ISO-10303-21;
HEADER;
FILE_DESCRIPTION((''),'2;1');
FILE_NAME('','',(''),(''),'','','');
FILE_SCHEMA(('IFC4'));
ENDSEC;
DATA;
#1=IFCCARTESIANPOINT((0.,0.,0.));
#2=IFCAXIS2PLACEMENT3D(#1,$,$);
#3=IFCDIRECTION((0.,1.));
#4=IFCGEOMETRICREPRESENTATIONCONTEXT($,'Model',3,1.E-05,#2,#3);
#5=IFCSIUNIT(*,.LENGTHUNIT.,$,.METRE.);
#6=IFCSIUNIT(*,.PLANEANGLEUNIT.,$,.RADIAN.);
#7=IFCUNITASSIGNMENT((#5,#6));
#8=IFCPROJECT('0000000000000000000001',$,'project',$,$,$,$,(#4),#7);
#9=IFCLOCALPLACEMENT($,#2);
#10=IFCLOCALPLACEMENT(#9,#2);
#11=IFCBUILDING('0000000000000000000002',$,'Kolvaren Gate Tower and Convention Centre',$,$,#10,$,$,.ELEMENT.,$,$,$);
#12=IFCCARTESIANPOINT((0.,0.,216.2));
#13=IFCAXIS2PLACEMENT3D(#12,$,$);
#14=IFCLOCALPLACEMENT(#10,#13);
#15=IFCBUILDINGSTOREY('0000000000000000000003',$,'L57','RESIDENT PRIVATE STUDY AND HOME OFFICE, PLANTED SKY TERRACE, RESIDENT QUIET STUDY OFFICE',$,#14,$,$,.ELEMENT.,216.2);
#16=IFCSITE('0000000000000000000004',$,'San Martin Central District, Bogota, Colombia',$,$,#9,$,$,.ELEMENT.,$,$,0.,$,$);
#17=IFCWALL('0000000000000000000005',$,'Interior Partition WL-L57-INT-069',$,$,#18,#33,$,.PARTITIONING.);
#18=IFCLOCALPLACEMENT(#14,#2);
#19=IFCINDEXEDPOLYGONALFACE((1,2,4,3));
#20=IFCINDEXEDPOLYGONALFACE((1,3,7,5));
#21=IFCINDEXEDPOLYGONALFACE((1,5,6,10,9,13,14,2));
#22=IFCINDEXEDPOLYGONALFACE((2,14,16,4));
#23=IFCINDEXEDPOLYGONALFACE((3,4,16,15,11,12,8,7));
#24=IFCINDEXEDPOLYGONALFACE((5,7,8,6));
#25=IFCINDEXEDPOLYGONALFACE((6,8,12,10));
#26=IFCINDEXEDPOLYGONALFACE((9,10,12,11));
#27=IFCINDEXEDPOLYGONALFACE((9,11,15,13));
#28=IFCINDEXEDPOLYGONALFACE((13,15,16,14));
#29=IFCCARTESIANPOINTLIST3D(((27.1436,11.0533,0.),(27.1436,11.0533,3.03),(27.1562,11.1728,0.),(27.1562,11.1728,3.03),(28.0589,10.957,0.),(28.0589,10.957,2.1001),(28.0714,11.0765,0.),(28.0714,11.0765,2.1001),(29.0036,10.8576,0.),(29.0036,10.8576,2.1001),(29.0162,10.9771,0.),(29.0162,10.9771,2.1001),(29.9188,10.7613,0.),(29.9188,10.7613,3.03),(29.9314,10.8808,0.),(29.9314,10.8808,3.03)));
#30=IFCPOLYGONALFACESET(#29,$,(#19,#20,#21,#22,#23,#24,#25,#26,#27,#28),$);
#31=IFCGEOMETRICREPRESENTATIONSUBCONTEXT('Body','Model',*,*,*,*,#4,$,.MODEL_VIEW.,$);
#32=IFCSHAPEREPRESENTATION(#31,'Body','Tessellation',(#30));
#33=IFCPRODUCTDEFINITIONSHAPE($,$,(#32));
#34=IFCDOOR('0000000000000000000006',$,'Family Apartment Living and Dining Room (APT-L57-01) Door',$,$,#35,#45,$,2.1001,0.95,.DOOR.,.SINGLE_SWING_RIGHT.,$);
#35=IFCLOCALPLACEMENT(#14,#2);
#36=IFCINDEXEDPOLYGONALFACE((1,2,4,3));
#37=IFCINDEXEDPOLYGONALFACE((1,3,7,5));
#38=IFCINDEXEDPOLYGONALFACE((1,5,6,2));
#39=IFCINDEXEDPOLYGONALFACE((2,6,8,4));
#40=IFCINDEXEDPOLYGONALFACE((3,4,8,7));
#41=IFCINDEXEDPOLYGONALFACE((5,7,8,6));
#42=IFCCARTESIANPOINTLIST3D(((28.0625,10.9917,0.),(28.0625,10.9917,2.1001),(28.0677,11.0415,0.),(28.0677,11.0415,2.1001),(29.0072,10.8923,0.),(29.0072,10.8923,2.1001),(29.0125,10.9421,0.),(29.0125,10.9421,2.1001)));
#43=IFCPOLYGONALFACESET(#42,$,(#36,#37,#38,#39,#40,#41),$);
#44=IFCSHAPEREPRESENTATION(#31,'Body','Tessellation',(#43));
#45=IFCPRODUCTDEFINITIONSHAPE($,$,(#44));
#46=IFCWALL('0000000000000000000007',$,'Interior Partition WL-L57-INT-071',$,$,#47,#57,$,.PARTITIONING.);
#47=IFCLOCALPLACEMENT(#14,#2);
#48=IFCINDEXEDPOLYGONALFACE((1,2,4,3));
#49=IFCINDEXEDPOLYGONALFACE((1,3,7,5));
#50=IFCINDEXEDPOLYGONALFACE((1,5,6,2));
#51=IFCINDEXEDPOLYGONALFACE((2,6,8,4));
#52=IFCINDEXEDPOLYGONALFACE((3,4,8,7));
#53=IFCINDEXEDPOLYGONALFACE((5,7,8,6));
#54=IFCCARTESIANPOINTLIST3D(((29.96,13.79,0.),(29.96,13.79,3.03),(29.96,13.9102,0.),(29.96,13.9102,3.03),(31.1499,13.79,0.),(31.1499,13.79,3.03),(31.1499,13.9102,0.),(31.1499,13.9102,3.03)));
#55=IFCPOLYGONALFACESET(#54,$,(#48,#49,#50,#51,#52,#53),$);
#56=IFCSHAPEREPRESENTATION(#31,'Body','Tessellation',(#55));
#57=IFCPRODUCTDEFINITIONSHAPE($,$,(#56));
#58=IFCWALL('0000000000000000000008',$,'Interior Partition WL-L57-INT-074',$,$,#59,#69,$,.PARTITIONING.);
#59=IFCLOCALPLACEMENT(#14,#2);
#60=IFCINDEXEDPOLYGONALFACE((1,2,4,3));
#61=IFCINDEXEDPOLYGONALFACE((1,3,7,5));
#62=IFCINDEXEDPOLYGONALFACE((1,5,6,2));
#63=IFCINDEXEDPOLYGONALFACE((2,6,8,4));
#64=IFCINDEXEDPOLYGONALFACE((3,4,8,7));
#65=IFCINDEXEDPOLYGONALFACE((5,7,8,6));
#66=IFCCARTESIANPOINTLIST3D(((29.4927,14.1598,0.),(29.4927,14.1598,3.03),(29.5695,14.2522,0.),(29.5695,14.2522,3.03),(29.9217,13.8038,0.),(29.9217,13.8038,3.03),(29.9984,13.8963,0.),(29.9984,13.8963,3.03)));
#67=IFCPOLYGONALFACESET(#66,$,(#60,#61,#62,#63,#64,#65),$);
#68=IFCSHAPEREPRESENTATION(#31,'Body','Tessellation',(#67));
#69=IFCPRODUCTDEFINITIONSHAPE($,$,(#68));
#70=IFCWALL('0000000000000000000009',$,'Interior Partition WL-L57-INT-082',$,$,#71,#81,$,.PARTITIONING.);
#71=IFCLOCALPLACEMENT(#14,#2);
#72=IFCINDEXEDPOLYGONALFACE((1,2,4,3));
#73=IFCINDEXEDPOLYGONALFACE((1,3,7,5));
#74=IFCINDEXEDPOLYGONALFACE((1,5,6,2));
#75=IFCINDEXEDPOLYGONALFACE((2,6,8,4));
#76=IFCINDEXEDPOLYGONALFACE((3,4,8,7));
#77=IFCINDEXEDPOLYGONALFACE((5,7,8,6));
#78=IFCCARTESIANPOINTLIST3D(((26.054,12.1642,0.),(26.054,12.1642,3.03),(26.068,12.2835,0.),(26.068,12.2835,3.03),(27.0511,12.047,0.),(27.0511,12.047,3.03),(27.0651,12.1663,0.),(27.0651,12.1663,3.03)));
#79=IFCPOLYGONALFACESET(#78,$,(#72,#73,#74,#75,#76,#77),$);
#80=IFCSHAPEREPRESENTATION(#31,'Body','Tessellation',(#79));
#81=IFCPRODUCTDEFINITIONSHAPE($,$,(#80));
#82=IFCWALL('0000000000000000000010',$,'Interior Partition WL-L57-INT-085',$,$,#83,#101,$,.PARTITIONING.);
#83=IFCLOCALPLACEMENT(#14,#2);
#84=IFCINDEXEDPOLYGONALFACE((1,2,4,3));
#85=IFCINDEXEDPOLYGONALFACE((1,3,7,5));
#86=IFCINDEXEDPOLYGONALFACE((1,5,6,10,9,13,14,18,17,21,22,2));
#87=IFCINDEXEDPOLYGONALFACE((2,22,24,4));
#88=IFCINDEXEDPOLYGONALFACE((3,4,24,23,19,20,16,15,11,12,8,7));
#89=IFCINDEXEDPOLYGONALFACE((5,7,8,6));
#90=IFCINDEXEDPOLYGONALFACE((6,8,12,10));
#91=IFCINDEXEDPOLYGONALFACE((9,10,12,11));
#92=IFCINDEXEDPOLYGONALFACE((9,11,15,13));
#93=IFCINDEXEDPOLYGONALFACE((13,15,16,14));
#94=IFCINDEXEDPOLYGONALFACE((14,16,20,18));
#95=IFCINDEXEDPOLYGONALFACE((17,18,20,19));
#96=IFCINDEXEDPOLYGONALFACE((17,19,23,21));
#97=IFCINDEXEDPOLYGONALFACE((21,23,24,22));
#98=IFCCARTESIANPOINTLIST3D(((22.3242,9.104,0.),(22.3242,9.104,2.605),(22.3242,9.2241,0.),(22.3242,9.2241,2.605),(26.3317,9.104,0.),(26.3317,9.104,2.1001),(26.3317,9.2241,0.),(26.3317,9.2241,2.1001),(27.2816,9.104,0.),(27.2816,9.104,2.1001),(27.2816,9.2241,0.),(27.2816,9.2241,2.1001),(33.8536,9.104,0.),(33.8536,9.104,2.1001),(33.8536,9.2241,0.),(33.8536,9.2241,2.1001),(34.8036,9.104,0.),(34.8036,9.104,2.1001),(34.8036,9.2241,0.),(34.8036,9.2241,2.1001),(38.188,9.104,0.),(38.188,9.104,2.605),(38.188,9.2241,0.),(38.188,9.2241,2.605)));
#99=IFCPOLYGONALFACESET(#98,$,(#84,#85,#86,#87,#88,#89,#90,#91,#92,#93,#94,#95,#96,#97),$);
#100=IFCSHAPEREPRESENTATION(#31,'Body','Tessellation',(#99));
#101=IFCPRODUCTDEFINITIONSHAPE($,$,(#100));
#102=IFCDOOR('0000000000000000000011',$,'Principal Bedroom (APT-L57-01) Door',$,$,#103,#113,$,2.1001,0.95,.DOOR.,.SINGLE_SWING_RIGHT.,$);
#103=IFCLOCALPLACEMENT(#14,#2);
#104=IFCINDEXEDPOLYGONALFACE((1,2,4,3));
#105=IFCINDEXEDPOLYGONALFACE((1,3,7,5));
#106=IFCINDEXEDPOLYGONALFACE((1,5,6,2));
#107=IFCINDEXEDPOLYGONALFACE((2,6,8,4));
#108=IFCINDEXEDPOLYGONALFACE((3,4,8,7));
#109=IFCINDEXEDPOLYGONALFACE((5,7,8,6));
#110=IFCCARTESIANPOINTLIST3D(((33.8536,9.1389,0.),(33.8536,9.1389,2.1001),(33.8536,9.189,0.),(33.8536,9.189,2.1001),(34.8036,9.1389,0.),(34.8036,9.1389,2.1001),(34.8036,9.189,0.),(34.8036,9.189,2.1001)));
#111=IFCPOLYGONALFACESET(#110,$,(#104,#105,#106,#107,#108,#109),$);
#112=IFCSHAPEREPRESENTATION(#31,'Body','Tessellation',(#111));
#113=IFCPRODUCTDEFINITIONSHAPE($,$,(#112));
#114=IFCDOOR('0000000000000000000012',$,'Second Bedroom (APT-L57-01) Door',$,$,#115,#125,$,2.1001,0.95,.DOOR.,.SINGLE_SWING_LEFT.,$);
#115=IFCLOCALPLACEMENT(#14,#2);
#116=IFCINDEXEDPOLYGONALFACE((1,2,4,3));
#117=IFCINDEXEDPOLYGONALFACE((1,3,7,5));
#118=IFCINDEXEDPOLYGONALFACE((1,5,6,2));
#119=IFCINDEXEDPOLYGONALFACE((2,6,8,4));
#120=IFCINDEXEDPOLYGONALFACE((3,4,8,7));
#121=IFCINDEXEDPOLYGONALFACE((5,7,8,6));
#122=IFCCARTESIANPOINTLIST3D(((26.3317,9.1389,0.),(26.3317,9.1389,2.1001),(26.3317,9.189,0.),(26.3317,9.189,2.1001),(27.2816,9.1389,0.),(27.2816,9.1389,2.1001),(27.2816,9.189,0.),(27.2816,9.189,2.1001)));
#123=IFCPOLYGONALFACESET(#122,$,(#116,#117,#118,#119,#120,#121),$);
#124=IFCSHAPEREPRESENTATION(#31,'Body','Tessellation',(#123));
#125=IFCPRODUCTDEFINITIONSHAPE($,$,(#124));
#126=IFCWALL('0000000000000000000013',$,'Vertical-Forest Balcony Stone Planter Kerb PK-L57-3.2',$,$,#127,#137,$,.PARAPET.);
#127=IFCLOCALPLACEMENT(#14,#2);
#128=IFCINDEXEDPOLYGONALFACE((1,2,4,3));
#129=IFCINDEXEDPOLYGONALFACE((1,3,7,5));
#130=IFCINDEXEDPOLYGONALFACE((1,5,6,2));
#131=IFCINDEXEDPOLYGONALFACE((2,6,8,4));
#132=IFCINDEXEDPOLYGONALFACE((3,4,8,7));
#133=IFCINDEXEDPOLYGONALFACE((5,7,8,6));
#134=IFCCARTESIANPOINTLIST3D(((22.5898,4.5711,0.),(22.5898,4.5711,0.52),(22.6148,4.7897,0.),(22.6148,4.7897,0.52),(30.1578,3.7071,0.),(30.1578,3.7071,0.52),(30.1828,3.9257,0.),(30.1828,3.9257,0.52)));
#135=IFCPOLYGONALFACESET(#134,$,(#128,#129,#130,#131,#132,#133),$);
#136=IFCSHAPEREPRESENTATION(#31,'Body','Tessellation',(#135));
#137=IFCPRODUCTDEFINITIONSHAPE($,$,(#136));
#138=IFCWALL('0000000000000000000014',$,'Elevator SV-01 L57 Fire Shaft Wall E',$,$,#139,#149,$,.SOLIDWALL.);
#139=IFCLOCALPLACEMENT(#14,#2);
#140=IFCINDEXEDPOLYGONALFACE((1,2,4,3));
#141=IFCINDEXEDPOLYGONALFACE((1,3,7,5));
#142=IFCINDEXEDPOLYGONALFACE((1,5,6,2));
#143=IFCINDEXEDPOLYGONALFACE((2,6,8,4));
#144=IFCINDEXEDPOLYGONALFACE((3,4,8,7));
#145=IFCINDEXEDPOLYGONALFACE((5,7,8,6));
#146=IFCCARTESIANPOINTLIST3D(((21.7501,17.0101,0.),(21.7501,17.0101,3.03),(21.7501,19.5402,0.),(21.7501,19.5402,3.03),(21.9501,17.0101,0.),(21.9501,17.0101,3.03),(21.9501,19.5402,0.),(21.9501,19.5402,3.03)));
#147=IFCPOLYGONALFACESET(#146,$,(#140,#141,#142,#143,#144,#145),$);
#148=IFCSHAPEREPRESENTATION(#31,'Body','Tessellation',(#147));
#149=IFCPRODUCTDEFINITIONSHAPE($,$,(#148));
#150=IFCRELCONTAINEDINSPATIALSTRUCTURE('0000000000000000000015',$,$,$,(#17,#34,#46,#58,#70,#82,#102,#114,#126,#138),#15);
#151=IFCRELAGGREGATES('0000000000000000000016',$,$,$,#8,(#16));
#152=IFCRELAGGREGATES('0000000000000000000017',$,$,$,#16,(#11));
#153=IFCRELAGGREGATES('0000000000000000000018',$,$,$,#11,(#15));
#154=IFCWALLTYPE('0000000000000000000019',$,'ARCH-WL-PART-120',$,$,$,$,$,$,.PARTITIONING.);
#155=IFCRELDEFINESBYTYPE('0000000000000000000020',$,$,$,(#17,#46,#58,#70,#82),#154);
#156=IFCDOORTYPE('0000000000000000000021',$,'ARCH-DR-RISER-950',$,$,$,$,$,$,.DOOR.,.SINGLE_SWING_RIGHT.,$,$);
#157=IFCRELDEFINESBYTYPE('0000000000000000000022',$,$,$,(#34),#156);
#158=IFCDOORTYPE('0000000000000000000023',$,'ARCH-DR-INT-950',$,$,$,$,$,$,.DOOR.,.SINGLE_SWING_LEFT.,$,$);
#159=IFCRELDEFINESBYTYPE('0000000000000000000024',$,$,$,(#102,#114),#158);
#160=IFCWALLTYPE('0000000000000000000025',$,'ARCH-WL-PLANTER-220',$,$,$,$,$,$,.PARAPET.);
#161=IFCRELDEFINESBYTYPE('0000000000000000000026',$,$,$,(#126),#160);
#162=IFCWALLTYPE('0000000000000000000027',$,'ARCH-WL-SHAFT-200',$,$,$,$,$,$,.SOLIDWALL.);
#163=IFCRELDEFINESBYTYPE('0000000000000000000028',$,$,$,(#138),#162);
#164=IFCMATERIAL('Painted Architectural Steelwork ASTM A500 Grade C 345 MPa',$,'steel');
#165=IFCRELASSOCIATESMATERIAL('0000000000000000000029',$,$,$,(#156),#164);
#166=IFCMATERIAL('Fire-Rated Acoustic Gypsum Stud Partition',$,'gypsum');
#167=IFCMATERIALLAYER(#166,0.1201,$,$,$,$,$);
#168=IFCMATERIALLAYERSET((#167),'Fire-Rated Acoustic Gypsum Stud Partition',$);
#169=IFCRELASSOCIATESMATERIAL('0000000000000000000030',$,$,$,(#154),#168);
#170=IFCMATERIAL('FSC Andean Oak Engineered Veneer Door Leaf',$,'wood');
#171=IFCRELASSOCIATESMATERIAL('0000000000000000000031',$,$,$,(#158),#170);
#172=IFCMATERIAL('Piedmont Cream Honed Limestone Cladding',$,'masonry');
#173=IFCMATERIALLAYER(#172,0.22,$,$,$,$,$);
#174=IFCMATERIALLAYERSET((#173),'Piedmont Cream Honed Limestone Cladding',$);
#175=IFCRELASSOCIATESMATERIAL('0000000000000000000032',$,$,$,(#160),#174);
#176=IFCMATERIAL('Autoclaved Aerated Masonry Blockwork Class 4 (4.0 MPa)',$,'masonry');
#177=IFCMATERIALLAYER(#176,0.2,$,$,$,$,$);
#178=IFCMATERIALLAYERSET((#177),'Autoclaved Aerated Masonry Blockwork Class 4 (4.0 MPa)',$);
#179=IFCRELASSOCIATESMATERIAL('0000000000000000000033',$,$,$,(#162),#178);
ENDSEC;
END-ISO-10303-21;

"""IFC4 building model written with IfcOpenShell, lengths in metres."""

from ifc_helpers import new_model, si_unit, direction, frame, frame_2d, origin, place, context, subcontext, project, spatial, rectangle, extrude, material, layer, layer_set, type_object, element, fill, save


model = new_model("IFC4")

# Units and contexts
model_context = context("Model", 3, precision=1e-05, world=origin(), true_north=direction((0.0, 1.0)))
body_context = subcontext(model_context, "Body", "Model", "MODEL_VIEW")
ifc_project = project(units=[si_unit("LENGTHUNIT", "METRE"), si_unit("PLANEANGLEUNIT", "RADIAN")], contexts=[model_context])

# Site, building, storey
site_placement = place(None, origin())
site = spatial("IfcSite", under=ifc_project, at=site_placement, Name="San Martin Central District, Bogota, Colombia", CompositionType="ELEMENT", RefElevation=0.0)
building_placement = place(site_placement, origin())
building = spatial("IfcBuilding", under=site, at=building_placement, Name="Kolvaren Gate Tower and Convention Centre", CompositionType="ELEMENT")
storey_placement = place(building_placement, frame((0.0, 0.0, 216.2)))
storey = spatial("IfcBuildingStorey", under=building, at=storey_placement, Name="L57", Description="RESIDENT PRIVATE STUDY AND HOME OFFICE, PLANTED SKY TERRACE, RESIDENT QUIET STUDY OFFICE", CompositionType="ELEMENT", Elevation=216.2)

# Shared definitions
ifc_material_1 = material(Name="Autoclaved Aerated Masonry Blockwork Class 4 (4.0 MPa)", Category="masonry")
ifc_material_2 = material(Name="Painted Architectural Steelwork ASTM A500 Grade C 345 MPa", Category="steel")
door_type_1 = type_object("IfcDoorType", Name="ARCH-DR-RISER-950", OperationType="SINGLE_SWING_RIGHT", PredefinedType="DOOR", material=ifc_material_2)

# Shared definitions
ifc_material_3 = material(Name="Fire-Rated Acoustic Gypsum Stud Partition", Category="gypsum")
ifc_layer_1 = layer(ifc_material_3, 0.1201)
ifc_layer_set_1 = layer_set([ifc_layer_1], Name="Fire-Rated Acoustic Gypsum Stud Partition")
wall_type_1 = type_object("IfcWallType", Name="ARCH-WL-PART-120", PredefinedType="PARTITIONING", material=ifc_layer_set_1)

# Wall, opening, door
wall_1_placement = place(storey_placement, frame((27.1499, 11.113, 0.0), z_axis=(0.0, 0.0, 1.0), x_axis=(0.99451, -0.104639, 0.0)))
wall_1 = element("IfcWall", 1, at=wall_1_placement, inside=storey, type_object=wall_type_1, Name="Interior Partition WL-L57-INT-069", PredefinedType="PARTITIONING", context=body_context, shape_type="SweptSolid", body=[
    extrude(rectangle(XDim=2.7905, YDim=0.1201, at=frame_2d((1.3953, 0.0))), origin(), (0.0, 0.0, 1.0), 3.03),
])
opening_1_placement = place(wall_1_placement, frame((0.9202, 0.0, 0.0)))
opening_1 = element("IfcOpeningElement", 2, at=opening_1_placement, cuts=wall_1, PredefinedType="OPENING", context=body_context, shape_type="SweptSolid", body=[
    extrude(rectangle(XDim=0.95, YDim=2.1001, at=frame_2d((0.4751, 1.05))), frame((0.0, 0.0701, 0.0), z_axis=(0.0, -1.0, 0.0), x_axis=(1.0, 0.0, 0.0)), (0.0, 0.0, 1.0), 0.1401),
])
door_1_placement = place(opening_1_placement, origin())
door_1 = element("IfcDoor", 3, at=door_1_placement, inside=storey, type_object=door_type_1, Name="Family Apartment Living and Dining Room (APT-L57-01) Door", OperationType="SINGLE_SWING_RIGHT", OverallHeight=2.1001, OverallWidth=0.95, PredefinedType="DOOR", context=body_context, shape_type="SweptSolid", body=[
    extrude(rectangle(XDim=0.95, YDim=2.1001, at=frame_2d((0.4751, 1.05))), frame((0.0, 0.0249, 0.0), z_axis=(0.0, -1.0, 0.0), x_axis=(1.0, 0.0, 0.0)), (0.0, 0.0, 1.0), 0.05),
])
fill(opening_1, door_1)

# Walls
wall_2_placement = place(storey_placement, frame((29.96, 13.8501, 0.0), z_axis=(0.0, 0.0, 1.0), x_axis=(1.0, 0.0, 0.0)))
element("IfcWall", 4, at=wall_2_placement, inside=storey, type_object=wall_type_1, Name="Interior Partition WL-L57-INT-071", PredefinedType="PARTITIONING", context=body_context, shape_type="SweptSolid", body=[
    extrude(rectangle(XDim=1.1899, YDim=0.1201, at=frame_2d((0.595, 0.0))), origin(), (0.0, 0.0, 1.0), 3.03),
])
wall_3_placement = place(storey_placement, frame((29.531, 14.2061, 0.0), z_axis=(0.0, 0.0, 1.0), x_axis=(0.769548, -0.638589, 0.0)))
element("IfcWall", 5, at=wall_3_placement, inside=storey, type_object=wall_type_1, Name="Interior Partition WL-L57-INT-074", PredefinedType="PARTITIONING", context=body_context, shape_type="SweptSolid", body=[
    extrude(rectangle(XDim=0.5574, YDim=0.1201, at=frame_2d((0.2788, 0.0))), origin(), (0.0, 0.0, 1.0), 3.03),
])
wall_4_placement = place(storey_placement, frame((26.061, 12.2239, 0.0), z_axis=(0.0, 0.0, 1.0), x_axis=(0.993164, -0.116728, 0.0)))
element("IfcWall", 6, at=wall_4_placement, inside=storey, type_object=wall_type_1, Name="Interior Partition WL-L57-INT-082", PredefinedType="PARTITIONING", context=body_context, shape_type="SweptSolid", body=[
    extrude(rectangle(XDim=1.0039, YDim=0.1201, at=frame_2d((0.502, 0.0))), origin(), (0.0, 0.0, 1.0), 3.03),
])

# Wall, openings, doors
wall_5_placement = place(storey_placement, frame((22.3242, 9.1641, 0.0), z_axis=(0.0, 0.0, 1.0), x_axis=(1.0, 0.0, 0.0)))
wall_5 = element("IfcWall", 7, at=wall_5_placement, inside=storey, type_object=wall_type_1, Name="Interior Partition WL-L57-INT-085", PredefinedType="PARTITIONING", context=body_context, shape_type="SweptSolid", body=[
    extrude(rectangle(XDim=15.8638, YDim=0.1201, at=frame_2d((7.9319, 0.0))), origin(), (0.0, 0.0, 1.0), 2.605),
])
opening_2_placement = place(wall_5_placement, frame((11.5293, 0.0, 0.0)))
opening_2 = element("IfcOpeningElement", 8, at=opening_2_placement, cuts=wall_5, PredefinedType="OPENING", context=body_context, shape_type="SweptSolid", body=[
    extrude(rectangle(XDim=0.95, YDim=2.1001, at=frame_2d((0.4751, 1.05))), frame((0.0, 0.0701, 0.0), z_axis=(0.0, -1.0, 0.0), x_axis=(1.0, 0.0, 0.0)), (0.0, 0.0, 1.0), 0.1401),
])
opening_3_placement = place(wall_5_placement, frame((4.0073, 0.0, 0.0)))
opening_3 = element("IfcOpeningElement", 9, at=opening_3_placement, cuts=wall_5, PredefinedType="OPENING", context=body_context, shape_type="SweptSolid", body=[
    extrude(rectangle(XDim=0.95, YDim=2.1001, at=frame_2d((0.4751, 1.05))), frame((0.0, 0.0701, 0.0), z_axis=(0.0, -1.0, 0.0), x_axis=(1.0, 0.0, 0.0)), (0.0, 0.0, 1.0), 0.1401),
])
ifc_material_4 = material(Name="FSC Andean Oak Engineered Veneer Door Leaf", Category="wood")
door_type_2 = type_object("IfcDoorType", Name="ARCH-DR-INT-950", OperationType="SINGLE_SWING_LEFT", PredefinedType="DOOR", material=ifc_material_4)
door_2_placement = place(opening_2_placement, origin())
door_2 = element("IfcDoor", 10, at=door_2_placement, inside=storey, type_object=door_type_2, Name="Principal Bedroom (APT-L57-01) Door", OperationType="SINGLE_SWING_RIGHT", OverallHeight=2.1001, OverallWidth=0.95, PredefinedType="DOOR", context=body_context, shape_type="SweptSolid", body=[
    extrude(rectangle(XDim=0.95, YDim=2.1001, at=frame_2d((0.4751, 1.05))), frame((0.0, 0.0249, 0.0), z_axis=(0.0, -1.0, 0.0), x_axis=(1.0, 0.0, 0.0)), (0.0, 0.0, 1.0), 0.05),
])
fill(opening_2, door_2)
door_3_placement = place(opening_3_placement, origin())
door_3 = element("IfcDoor", 11, at=door_3_placement, inside=storey, type_object=door_type_2, Name="Second Bedroom (APT-L57-01) Door", OperationType="SINGLE_SWING_LEFT", OverallHeight=2.1001, OverallWidth=0.95, PredefinedType="DOOR", context=body_context, shape_type="SweptSolid", body=[
    extrude(rectangle(XDim=0.95, YDim=2.1001, at=frame_2d((0.4751, 1.05))), frame((0.0, 0.0249, 0.0), z_axis=(0.0, -1.0, 0.0), x_axis=(1.0, 0.0, 0.0)), (0.0, 0.0, 1.0), 0.05),
])
fill(opening_3, door_3)

# Walls
ifc_material_5 = material(Name="Piedmont Cream Honed Limestone Cladding", Category="masonry")
ifc_layer_2 = layer(ifc_material_5, 0.22)
ifc_layer_set_2 = layer_set([ifc_layer_2], Name="Piedmont Cream Honed Limestone Cladding")
wall_type_2 = type_object("IfcWallType", Name="ARCH-WL-PLANTER-220", PredefinedType="PARAPET", material=ifc_layer_set_2)
wall_6_placement = place(storey_placement, frame((22.6023, 4.6804, 0.0), z_axis=(0.0, 0.0, 1.0), x_axis=(0.993546, -0.113428, 0.0)))
element("IfcWall", 12, at=wall_6_placement, inside=storey, type_object=wall_type_2, Name="Vertical-Forest Balcony Stone Planter Kerb PK-L57-3.2", PredefinedType="PARAPET", context=body_context, shape_type="SweptSolid", body=[
    extrude(rectangle(XDim=7.6172, YDim=0.22, at=frame_2d((3.8086, 0.0))), origin(), (0.0, 0.0, 1.0), 0.52),
])
ifc_layer_3 = layer(ifc_material_1, 0.2)
ifc_layer_set_3 = layer_set([ifc_layer_3], Name="Autoclaved Aerated Masonry Blockwork Class 4 (4.0 MPa)")
wall_type_3 = type_object("IfcWallType", Name="ARCH-WL-SHAFT-200", PredefinedType="SOLIDWALL", material=ifc_layer_set_3)
wall_7_placement = place(storey_placement, frame((21.8501, 17.01, 0.0), z_axis=(0.0, 0.0, 1.0), x_axis=(0.0, 1.0, 0.0)))
element("IfcWall", 13, at=wall_7_placement, inside=storey, type_object=wall_type_3, Name="Elevator SV-01 L57 Fire Shaft Wall E", PredefinedType="SOLIDWALL", context=body_context, shape_type="SweptSolid", body=[
    extrude(rectangle(XDim=2.53, YDim=0.2, at=frame_2d((1.2651, 0.0))), origin(), (0.0, 0.0, 1.0), 3.03),
])

save(model, "model.ifc")
